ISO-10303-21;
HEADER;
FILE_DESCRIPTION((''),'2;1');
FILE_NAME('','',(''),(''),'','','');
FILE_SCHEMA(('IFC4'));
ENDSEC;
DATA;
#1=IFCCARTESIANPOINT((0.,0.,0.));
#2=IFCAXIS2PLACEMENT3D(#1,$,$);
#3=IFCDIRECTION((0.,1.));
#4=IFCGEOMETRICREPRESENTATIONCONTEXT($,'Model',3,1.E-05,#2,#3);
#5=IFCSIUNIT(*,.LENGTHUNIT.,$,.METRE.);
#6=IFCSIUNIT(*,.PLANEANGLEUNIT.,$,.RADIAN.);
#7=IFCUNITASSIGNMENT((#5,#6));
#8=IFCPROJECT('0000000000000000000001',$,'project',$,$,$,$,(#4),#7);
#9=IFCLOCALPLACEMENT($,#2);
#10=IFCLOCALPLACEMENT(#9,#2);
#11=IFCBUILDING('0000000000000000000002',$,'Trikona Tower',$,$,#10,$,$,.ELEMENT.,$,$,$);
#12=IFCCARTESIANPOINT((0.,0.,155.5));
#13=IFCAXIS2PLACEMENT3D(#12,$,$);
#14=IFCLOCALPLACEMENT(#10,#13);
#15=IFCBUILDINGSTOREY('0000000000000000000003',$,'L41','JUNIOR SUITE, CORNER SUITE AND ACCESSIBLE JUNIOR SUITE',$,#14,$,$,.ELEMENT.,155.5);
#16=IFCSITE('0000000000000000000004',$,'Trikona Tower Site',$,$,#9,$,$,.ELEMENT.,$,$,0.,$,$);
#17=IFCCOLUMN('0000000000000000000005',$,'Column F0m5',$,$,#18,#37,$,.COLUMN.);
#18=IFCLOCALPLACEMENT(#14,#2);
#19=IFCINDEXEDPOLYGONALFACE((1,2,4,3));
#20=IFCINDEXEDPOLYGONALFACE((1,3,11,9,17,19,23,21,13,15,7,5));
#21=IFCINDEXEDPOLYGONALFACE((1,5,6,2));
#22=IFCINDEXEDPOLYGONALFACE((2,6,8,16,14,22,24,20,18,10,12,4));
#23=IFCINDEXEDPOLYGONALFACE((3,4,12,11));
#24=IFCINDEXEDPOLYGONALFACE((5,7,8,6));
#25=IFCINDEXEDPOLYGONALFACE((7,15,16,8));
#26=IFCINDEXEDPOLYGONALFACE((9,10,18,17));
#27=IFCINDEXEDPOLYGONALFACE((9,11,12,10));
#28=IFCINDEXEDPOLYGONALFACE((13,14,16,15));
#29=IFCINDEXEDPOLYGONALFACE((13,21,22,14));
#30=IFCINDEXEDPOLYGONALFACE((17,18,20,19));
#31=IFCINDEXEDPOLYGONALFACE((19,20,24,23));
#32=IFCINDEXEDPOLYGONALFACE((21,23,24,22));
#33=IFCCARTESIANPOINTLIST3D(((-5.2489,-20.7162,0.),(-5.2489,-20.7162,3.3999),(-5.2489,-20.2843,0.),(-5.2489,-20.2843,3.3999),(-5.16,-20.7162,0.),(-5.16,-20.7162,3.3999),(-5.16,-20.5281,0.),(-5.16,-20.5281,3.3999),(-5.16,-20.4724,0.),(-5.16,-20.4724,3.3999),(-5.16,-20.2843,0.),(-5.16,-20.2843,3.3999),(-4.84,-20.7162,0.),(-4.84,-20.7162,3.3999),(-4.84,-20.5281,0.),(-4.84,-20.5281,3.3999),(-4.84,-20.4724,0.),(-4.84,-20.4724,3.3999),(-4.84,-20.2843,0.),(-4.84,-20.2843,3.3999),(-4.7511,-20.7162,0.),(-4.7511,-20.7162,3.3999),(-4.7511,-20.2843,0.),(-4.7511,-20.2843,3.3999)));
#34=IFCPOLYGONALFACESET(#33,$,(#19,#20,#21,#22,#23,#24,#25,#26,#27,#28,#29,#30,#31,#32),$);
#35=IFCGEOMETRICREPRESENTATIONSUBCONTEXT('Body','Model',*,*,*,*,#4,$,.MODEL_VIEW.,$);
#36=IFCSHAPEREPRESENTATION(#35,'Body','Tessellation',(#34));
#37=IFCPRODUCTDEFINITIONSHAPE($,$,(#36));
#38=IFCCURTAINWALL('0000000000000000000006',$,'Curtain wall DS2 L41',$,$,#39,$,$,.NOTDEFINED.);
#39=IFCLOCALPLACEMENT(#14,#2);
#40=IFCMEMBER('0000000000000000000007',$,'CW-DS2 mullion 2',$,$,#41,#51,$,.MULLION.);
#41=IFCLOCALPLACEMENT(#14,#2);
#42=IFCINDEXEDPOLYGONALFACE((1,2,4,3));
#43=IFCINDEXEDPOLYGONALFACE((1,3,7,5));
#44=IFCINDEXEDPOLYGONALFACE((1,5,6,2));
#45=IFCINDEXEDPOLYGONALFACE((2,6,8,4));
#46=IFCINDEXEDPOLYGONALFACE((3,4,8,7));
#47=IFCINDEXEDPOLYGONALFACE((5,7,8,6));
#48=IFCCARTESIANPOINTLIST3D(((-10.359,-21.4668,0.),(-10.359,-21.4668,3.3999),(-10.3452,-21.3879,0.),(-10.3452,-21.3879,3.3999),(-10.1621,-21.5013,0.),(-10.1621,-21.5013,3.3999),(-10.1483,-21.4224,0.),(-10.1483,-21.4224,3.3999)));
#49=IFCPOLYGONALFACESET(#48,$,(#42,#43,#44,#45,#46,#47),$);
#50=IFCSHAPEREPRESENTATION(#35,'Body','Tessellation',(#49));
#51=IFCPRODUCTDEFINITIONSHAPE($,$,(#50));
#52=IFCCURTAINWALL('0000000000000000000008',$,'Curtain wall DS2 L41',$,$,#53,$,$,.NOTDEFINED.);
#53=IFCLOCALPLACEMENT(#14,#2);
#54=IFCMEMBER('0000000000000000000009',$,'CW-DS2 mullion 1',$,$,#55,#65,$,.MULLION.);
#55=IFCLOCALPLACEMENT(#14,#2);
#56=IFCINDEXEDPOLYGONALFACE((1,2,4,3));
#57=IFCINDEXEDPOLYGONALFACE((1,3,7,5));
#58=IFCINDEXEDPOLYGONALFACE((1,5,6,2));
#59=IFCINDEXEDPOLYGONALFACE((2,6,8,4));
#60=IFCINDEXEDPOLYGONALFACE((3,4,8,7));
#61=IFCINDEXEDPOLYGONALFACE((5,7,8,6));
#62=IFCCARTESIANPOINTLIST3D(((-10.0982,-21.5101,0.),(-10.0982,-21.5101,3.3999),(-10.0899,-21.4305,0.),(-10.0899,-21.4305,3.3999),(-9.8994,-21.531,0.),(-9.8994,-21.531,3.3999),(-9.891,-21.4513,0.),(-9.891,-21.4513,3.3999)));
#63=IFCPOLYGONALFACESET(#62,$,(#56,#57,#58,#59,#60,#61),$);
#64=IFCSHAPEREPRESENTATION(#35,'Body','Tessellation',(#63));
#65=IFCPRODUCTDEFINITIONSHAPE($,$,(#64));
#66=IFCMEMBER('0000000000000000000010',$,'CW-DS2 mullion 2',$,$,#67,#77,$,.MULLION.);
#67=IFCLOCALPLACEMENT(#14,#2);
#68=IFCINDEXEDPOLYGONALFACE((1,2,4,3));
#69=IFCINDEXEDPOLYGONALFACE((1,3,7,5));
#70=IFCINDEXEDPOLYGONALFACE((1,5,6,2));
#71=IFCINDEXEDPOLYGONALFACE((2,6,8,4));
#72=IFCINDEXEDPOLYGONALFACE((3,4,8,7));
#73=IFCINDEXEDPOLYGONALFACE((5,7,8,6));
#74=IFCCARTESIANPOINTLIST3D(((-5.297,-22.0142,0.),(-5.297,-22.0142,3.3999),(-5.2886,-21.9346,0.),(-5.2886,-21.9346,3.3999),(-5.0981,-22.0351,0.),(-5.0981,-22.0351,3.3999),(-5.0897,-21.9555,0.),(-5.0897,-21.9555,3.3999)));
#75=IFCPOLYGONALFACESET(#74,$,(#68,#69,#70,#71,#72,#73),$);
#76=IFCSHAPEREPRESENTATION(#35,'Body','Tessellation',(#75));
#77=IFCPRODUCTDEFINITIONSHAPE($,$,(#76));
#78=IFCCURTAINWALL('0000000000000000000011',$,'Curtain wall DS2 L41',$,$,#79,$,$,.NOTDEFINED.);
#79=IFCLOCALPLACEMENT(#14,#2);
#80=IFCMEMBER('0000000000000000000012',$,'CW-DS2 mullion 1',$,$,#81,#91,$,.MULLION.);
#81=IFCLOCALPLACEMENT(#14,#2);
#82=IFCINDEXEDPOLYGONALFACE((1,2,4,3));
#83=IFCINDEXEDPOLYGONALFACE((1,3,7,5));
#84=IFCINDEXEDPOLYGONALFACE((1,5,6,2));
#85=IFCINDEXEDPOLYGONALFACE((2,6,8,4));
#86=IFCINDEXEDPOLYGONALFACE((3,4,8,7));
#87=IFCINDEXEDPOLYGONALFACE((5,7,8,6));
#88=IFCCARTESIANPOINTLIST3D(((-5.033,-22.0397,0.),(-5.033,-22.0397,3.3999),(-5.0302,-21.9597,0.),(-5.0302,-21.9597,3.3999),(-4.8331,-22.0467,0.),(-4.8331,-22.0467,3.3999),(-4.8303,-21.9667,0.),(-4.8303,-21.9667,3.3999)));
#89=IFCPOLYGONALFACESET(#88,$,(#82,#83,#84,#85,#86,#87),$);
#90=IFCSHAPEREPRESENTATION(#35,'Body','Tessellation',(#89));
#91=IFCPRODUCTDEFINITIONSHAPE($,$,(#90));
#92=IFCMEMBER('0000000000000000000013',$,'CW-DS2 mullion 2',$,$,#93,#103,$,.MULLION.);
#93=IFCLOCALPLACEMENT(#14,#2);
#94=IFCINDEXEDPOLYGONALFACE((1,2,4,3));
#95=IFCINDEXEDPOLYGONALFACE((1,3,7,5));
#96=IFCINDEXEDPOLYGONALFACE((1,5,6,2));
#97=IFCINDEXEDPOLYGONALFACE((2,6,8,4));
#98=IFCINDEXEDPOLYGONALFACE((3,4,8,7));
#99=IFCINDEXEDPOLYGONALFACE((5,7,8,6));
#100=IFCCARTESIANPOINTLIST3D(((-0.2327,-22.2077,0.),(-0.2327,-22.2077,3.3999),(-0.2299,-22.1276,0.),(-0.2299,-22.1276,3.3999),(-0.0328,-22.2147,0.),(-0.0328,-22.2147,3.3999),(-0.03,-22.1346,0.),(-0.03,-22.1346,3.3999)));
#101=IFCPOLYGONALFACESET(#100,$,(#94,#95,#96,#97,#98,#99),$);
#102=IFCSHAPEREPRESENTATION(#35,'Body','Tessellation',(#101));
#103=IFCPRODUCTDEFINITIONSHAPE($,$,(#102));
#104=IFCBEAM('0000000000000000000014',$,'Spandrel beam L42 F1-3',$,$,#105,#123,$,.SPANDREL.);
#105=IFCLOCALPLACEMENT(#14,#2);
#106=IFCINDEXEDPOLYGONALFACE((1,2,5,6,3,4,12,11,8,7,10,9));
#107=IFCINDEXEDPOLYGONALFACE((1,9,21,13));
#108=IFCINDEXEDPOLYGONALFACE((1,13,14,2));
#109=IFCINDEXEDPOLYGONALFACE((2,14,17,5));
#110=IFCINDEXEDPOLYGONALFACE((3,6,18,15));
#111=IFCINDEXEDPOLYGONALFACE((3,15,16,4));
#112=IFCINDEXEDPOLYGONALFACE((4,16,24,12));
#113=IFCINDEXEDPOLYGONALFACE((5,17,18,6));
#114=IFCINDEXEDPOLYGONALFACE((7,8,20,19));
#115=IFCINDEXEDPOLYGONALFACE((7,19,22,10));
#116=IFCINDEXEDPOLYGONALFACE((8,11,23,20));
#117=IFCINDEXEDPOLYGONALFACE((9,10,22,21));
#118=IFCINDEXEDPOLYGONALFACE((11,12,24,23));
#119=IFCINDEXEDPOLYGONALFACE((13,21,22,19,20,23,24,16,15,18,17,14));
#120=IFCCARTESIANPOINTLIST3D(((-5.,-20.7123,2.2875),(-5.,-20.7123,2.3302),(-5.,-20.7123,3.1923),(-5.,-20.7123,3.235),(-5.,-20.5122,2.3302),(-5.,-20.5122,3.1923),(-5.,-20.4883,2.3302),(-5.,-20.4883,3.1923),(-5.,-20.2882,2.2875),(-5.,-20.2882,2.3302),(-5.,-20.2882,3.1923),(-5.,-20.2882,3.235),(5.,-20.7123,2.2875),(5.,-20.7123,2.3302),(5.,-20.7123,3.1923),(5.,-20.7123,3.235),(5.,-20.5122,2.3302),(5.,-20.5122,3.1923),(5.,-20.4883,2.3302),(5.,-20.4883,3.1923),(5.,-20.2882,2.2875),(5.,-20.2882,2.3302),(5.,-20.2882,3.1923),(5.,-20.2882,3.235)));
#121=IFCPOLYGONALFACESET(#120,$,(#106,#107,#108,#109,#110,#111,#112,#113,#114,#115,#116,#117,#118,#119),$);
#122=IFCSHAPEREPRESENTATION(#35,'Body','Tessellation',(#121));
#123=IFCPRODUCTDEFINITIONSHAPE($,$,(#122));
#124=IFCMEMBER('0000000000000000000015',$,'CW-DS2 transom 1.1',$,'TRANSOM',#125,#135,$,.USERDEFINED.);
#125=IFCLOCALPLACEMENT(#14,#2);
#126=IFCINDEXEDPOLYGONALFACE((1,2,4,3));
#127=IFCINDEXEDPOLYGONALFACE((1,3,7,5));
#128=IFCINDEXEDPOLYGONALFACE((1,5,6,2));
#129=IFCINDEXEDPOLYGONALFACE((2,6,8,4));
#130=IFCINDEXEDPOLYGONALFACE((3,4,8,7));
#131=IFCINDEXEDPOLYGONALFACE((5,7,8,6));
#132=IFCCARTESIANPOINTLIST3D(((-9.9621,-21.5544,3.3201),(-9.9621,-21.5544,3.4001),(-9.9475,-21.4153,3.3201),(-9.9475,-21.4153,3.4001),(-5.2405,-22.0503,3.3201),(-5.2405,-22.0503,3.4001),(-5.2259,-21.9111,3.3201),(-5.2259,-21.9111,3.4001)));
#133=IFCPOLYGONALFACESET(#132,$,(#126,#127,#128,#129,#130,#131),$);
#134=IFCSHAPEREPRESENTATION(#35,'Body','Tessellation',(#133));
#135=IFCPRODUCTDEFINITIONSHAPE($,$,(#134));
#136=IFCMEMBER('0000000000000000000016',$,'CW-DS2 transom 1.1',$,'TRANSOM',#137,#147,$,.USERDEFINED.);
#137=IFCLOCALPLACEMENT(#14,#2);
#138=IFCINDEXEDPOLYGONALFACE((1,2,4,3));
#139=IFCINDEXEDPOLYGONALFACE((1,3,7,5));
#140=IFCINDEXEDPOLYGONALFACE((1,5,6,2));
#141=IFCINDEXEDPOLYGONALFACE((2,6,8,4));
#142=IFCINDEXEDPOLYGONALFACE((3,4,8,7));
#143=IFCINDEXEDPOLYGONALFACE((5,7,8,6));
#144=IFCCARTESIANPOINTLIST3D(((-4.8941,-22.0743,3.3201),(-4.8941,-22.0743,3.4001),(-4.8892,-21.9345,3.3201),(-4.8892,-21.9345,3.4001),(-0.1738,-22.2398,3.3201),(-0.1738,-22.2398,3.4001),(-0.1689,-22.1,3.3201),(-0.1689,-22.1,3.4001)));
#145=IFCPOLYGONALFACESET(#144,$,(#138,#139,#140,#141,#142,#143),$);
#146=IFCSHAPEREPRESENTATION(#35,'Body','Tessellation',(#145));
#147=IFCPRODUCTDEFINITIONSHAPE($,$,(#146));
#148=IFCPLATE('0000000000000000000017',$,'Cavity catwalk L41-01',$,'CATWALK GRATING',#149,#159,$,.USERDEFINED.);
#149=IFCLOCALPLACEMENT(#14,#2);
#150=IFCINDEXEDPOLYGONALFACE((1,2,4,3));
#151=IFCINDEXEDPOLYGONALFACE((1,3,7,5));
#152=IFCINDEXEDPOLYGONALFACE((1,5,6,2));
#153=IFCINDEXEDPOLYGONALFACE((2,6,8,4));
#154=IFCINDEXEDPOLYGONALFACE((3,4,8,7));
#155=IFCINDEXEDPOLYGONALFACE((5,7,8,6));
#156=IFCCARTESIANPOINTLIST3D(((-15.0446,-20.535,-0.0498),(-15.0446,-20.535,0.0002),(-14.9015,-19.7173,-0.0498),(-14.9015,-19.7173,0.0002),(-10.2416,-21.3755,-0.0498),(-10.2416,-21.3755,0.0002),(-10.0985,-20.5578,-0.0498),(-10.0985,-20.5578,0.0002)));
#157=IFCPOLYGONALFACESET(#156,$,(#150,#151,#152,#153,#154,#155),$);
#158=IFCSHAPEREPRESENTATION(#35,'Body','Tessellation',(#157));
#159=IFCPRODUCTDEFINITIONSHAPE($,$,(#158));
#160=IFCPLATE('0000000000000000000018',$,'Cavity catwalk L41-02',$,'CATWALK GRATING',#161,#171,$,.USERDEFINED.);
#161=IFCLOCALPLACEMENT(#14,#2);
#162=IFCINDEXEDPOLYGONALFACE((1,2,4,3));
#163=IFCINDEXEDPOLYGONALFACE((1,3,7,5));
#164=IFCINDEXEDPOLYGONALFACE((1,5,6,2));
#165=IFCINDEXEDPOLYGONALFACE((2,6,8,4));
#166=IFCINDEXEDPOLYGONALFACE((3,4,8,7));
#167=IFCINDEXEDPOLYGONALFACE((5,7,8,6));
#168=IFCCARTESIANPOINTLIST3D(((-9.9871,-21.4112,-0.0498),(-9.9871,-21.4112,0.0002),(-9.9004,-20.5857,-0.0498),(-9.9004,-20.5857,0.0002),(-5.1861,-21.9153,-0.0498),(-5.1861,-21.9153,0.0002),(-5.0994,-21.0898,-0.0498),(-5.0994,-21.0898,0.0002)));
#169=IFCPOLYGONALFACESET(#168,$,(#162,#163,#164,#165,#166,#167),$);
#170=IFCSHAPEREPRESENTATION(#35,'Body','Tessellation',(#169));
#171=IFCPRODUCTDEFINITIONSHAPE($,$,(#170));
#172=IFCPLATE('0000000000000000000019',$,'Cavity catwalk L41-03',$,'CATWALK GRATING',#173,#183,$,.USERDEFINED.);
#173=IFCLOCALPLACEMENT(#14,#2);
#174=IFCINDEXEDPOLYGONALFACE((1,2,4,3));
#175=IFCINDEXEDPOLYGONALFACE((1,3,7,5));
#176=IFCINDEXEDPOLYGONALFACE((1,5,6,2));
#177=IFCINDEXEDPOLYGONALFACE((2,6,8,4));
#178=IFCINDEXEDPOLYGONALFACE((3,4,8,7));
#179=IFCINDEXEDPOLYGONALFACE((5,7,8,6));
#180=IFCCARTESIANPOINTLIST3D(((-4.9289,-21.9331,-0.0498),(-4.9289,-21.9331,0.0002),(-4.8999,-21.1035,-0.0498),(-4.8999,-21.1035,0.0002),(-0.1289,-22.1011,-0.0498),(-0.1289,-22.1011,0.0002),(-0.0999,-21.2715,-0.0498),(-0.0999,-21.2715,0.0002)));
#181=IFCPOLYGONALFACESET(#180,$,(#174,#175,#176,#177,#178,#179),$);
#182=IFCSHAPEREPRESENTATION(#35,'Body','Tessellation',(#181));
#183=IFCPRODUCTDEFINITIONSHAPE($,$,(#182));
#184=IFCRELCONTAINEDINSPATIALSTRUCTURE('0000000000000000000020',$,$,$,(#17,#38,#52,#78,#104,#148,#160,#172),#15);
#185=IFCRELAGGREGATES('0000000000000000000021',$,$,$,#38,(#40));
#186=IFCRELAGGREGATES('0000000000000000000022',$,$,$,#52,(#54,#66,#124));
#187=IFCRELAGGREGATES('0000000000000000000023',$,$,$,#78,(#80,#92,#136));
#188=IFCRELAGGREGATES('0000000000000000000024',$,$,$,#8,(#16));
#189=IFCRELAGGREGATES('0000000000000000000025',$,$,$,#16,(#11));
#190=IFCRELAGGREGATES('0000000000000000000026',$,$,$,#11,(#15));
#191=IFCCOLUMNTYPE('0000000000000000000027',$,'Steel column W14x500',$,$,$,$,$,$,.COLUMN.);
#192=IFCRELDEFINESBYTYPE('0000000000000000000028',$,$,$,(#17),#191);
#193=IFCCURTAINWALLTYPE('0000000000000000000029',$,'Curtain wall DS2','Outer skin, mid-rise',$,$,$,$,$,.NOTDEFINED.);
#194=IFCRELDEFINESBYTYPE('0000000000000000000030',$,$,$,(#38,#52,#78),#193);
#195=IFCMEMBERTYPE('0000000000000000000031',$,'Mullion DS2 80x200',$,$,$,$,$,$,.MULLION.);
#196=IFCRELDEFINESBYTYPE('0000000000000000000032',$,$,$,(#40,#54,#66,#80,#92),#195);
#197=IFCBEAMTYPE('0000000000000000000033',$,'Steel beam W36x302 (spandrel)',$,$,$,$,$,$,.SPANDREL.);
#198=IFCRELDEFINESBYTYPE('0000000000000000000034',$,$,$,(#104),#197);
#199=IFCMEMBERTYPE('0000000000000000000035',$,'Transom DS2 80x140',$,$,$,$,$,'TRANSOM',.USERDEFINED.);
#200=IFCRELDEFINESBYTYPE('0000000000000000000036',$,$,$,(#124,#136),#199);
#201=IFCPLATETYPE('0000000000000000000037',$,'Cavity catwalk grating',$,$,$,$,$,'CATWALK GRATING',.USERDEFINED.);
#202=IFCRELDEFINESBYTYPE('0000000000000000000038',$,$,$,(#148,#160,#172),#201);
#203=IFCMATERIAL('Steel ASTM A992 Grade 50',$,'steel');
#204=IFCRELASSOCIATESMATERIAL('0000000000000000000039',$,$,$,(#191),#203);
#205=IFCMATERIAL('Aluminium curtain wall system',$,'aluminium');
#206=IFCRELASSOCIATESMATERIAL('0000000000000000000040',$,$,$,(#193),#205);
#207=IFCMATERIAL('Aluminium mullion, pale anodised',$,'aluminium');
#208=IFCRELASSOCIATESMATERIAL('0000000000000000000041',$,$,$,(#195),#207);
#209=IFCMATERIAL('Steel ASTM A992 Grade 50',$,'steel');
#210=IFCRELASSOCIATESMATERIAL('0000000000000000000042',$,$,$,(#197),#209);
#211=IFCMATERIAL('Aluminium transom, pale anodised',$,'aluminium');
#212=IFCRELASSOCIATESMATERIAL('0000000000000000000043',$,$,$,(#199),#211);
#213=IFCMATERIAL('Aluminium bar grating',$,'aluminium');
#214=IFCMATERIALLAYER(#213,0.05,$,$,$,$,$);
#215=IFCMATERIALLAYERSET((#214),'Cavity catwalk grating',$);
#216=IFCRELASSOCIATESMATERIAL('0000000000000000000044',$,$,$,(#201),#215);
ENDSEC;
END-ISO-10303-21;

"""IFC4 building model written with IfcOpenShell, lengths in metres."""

from ifc_helpers import new_model, si_unit, direction, frame, origin, origin_2d, place, context, subcontext, project, spatial, rectangle, i_section, extrude, material, layer, layer_set, material_profile, profile_set, type_object, element, aggregate, save


model = new_model("IFC4")

# Units and contexts
model_context = context("Model", 3, precision=1e-05, world=origin(), true_north=direction((0.0, 1.0)))
body_context = subcontext(model_context, "Body", "Model", "MODEL_VIEW")
ifc_project = project(units=[si_unit("LENGTHUNIT", "METRE"), si_unit("PLANEANGLEUNIT", "RADIAN")], contexts=[model_context])

# Site, building, storey
site_placement = place(None, origin())
site = spatial("IfcSite", under=ifc_project, at=site_placement, Name="Trikona Tower Site", CompositionType="ELEMENT", RefElevation=0.0)
building_placement = place(site_placement, origin())
building = spatial("IfcBuilding", under=site, at=building_placement, Name="Trikona Tower", CompositionType="ELEMENT")
storey_placement = place(building_placement, frame((0.0, 0.0, 155.5)))
storey = spatial("IfcBuildingStorey", under=building, at=storey_placement, Name="L41", Description="JUNIOR SUITE, CORNER SUITE AND ACCESSIBLE JUNIOR SUITE", CompositionType="ELEMENT", Elevation=155.5)

# Column
ifc_material_1 = material(Name="Steel ASTM A992 Grade 50", Category="steel")
ifc_material_profile_1 = material_profile(ifc_material_1, i_section(OverallWidth=0.4319, OverallDepth=0.4978, WebThickness=0.0557, FlangeThickness=0.0889, at=origin_2d()), Name="W14X500")
ifc_profile_set_1 = profile_set([ifc_material_profile_1], Name="Steel ASTM A992 Grade 50")
column_type = type_object("IfcColumnType", Name="Steel column W14x500", PredefinedType="COLUMN", material=ifc_profile_set_1)
column_placement = place(storey_placement, frame((-5.0, -20.5002, 0.0), z_axis=(0.0, 0.0, 1.0), x_axis=(0.0, -1.0, 0.0)))
element("IfcColumn", 1, at=column_placement, inside=storey, type_object=column_type, Name="Column F0m5", PredefinedType="COLUMN", context=body_context, shape_type="SweptSolid", body=[
    extrude(i_section(OverallWidth=0.4319, OverallDepth=0.4978, WebThickness=0.0557, FlangeThickness=0.0889, at=origin_2d()), origin(), (0.0, 0.0, 1.0), 3.3999),
])

# Curtain wall, member
ifc_material_2 = material(Name="Aluminium curtain wall system", Category="aluminium")
curtain_wall_type = type_object("IfcCurtainWallType", Name="Curtain wall DS2", Description="Outer skin, mid-rise", PredefinedType="NOTDEFINED", material=ifc_material_2)
curtain_wall_1_placement = place(storey_placement, origin())
curtain_wall_1 = element("IfcCurtainWall", 2, at=curtain_wall_1_placement, inside=storey, type_object=curtain_wall_type, Name="Curtain wall DS2 L41", PredefinedType="NOTDEFINED")
ifc_material_3 = material(Name="Aluminium mullion, pale anodised", Category="aluminium")
ifc_material_profile_2 = material_profile(ifc_material_3, rectangle(XDim=0.0801, YDim=0.2, at=origin_2d()), Name="MUL-DS2")
ifc_profile_set_2 = profile_set([ifc_material_profile_2], Name="Aluminium mullion, pale anodised")
member_type_1 = type_object("IfcMemberType", Name="Mullion DS2 80x200", PredefinedType="MULLION", material=ifc_profile_set_2)
member_1_placement = place(storey_placement, frame((-10.2537, -21.4446, 0.0), z_axis=(0.0, 0.0, 1.0), x_axis=(0.172377, 0.985031, 0.0)))
member_1 = element("IfcMember", 3, at=member_1_placement, type_object=member_type_1, Name="CW-DS2 mullion 2", PredefinedType="MULLION", context=body_context, shape_type="SweptSolid", body=[
    extrude(rectangle(XDim=0.0801, YDim=0.2, at=origin_2d()), origin(), (0.0, 0.0, 1.0), 3.3999),
])

# Curtain walls, members
curtain_wall_2_placement = place(storey_placement, origin())
curtain_wall_2 = element("IfcCurtainWall", 4, at=curtain_wall_2_placement, inside=storey, type_object=curtain_wall_type, Name="Curtain wall DS2 L41", PredefinedType="NOTDEFINED")
member_2_placement = place(storey_placement, frame((-9.9946, -21.4807, 0.0), z_axis=(0.0, 0.0, 1.0), x_axis=(0.104433, 0.994532, 0.0)))
member_2 = element("IfcMember", 5, at=member_2_placement, type_object=member_type_1, Name="CW-DS2 mullion 1", PredefinedType="MULLION", context=body_context, shape_type="SweptSolid", body=[
    extrude(rectangle(XDim=0.0801, YDim=0.2, at=origin_2d()), origin(), (0.0, 0.0, 1.0), 3.3999),
])
member_3_placement = place(storey_placement, frame((-5.1934, -21.9849, 0.0), z_axis=(0.0, 0.0, 1.0), x_axis=(0.104433, 0.994532, 0.0)))
member_3 = element("IfcMember", 6, at=member_3_placement, type_object=member_type_1, Name="CW-DS2 mullion 2", PredefinedType="MULLION", context=body_context, shape_type="SweptSolid", body=[
    extrude(rectangle(XDim=0.0801, YDim=0.2, at=origin_2d()), origin(), (0.0, 0.0, 1.0), 3.3999),
])
curtain_wall_3_placement = place(storey_placement, origin())
curtain_wall_3 = element("IfcCurtainWall", 7, at=curtain_wall_3_placement, inside=storey, type_object=curtain_wall_type, Name="Curtain wall DS2 L41", PredefinedType="NOTDEFINED")
member_4_placement = place(storey_placement, frame((-4.9316, -22.0032, 0.0), z_axis=(0.0, 0.0, 1.0), x_axis=(0.034998, 0.999387, 0.0)))
member_4 = element("IfcMember", 8, at=member_4_placement, type_object=member_type_1, Name="CW-DS2 mullion 1", PredefinedType="MULLION", context=body_context, shape_type="SweptSolid", body=[
    extrude(rectangle(XDim=0.0801, YDim=0.2, at=origin_2d()), origin(), (0.0, 0.0, 1.0), 3.3999),
])
member_5_placement = place(storey_placement, frame((-0.1313, -22.1711, 0.0), z_axis=(0.0, 0.0, 1.0), x_axis=(0.034998, 0.999387, 0.0)))
member_5 = element("IfcMember", 9, at=member_5_placement, type_object=member_type_1, Name="CW-DS2 mullion 2", PredefinedType="MULLION", context=body_context, shape_type="SweptSolid", body=[
    extrude(rectangle(XDim=0.0801, YDim=0.2, at=origin_2d()), origin(), (0.0, 0.0, 1.0), 3.3999),
])

# Beam
ifc_material_4 = material(Name="Steel ASTM A992 Grade 50", Category="steel")
ifc_material_profile_3 = material_profile(ifc_material_4, i_section(OverallWidth=0.4241, OverallDepth=0.9475, WebThickness=0.0239, FlangeThickness=0.0427, at=origin_2d()), Name="W36X302")
ifc_profile_set_3 = profile_set([ifc_material_profile_3], Name="Steel ASTM A992 Grade 50")
beam_type = type_object("IfcBeamType", Name="Steel beam W36x302 (spandrel)", PredefinedType="SPANDREL", material=ifc_profile_set_3)
beam_placement = place(storey_placement, frame((-5.0, -20.5002, 2.7612), z_axis=(1.0, 0.0, 0.0), x_axis=(0.0, 1.0, 0.0)))
element("IfcBeam", 10, at=beam_placement, inside=storey, type_object=beam_type, Name="Spandrel beam L42 F1-3", PredefinedType="SPANDREL", context=body_context, shape_type="SweptSolid", body=[
    extrude(i_section(OverallWidth=0.4241, OverallDepth=0.9475, WebThickness=0.0239, FlangeThickness=0.0427, at=origin_2d()), origin(), (0.0, 0.0, 1.0), 10.0),
])

# Members
ifc_material_5 = material(Name="Aluminium transom, pale anodised", Category="aluminium")
ifc_material_profile_4 = material_profile(ifc_material_5, rectangle(XDim=0.1399, YDim=0.0801, at=origin_2d()), Name="TRN-DS2")
ifc_profile_set_4 = profile_set([ifc_material_profile_4], Name="Aluminium transom, pale anodised")
member_type_2 = type_object("IfcMemberType", Name="Transom DS2 80x140", ElementType="TRANSOM", PredefinedType="USERDEFINED", material=ifc_profile_set_4)
member_6_placement = place(storey_placement, frame((-9.9548, -21.4849, 3.3601), z_axis=(0.994531, -0.104441, 0.0), x_axis=(0.104441, 0.994531, 0.0)))
member_6 = element("IfcMember", 11, at=member_6_placement, type_object=member_type_2, Name="CW-DS2 transom 1.1", ObjectType="TRANSOM", PredefinedType="USERDEFINED", context=body_context, shape_type="SweptSolid", body=[
    extrude(rectangle(XDim=0.1399, YDim=0.0801, at=origin_2d()), origin(), (0.0, 0.0, 1.0), 4.7476),
])
member_7_placement = place(storey_placement, frame((-4.8916, -22.0044, 3.3601), z_axis=(0.999386, -0.035046, 0.0), x_axis=(0.035046, 0.999386, 0.0)))
member_7 = element("IfcMember", 12, at=member_7_placement, type_object=member_type_2, Name="CW-DS2 transom 1.1", ObjectType="TRANSOM", PredefinedType="USERDEFINED", context=body_context, shape_type="SweptSolid", body=[
    extrude(rectangle(XDim=0.1399, YDim=0.0801, at=origin_2d()), origin(), (0.0, 0.0, 1.0), 4.7231),
])

# Plates
ifc_material_6 = material(Name="Aluminium bar grating", Category="aluminium")
ifc_layer_1 = layer(ifc_material_6, 0.05)
ifc_layer_set_1 = layer_set([ifc_layer_1], Name="Cavity catwalk grating")
plate_type_1 = type_object("IfcPlateType", Name="Cavity catwalk grating", ElementType="CATWALK GRATING", PredefinedType="USERDEFINED", material=ifc_layer_set_1)
plate_1_placement = place(storey_placement, frame((-12.5715, -20.5464, -0.0498), z_axis=(0.0, 0.0, 1.0), x_axis=(0.985031, -0.17238, 0.0)))
element("IfcPlate", 13, at=plate_1_placement, inside=storey, type_object=plate_type_1, Name="Cavity catwalk L41-01", ObjectType="CATWALK GRATING", PredefinedType="USERDEFINED", context=body_context, shape_type="SweptSolid", body=[
    extrude(rectangle(XDim=4.876, YDim=0.8301, at=origin_2d()), origin(), (0.0, 0.0, 1.0), 0.05),
])
plate_2_placement = place(storey_placement, frame((-7.5432, -21.2505, -0.0498), z_axis=(0.0, 0.0, 1.0), x_axis=(0.994533, -0.104426, 0.0)))
element("IfcPlate", 14, at=plate_2_placement, inside=storey, type_object=plate_type_1, Name="Cavity catwalk L41-02", ObjectType="CATWALK GRATING", PredefinedType="USERDEFINED", context=body_context, shape_type="SweptSolid", body=[
    extrude(rectangle(XDim=4.8274, YDim=0.8301, at=origin_2d()), origin(), (0.0, 0.0, 1.0), 0.05),
])
plate_3_placement = place(storey_placement, frame((-2.5144, -21.6023, -0.0498), z_axis=(0.0, 0.0, 1.0), x_axis=(0.999388, -0.034978, 0.0)))
element("IfcPlate", 15, at=plate_3_placement, inside=storey, type_object=plate_type_1, Name="Cavity catwalk L41-03", ObjectType="CATWALK GRATING", PredefinedType="USERDEFINED", context=body_context, shape_type="SweptSolid", body=[
    extrude(rectangle(XDim=4.803, YDim=0.8301, at=origin_2d()), origin(), (0.0, 0.0, 1.0), 0.05),
])

aggregate(curtain_wall_1, [member_1])
aggregate(curtain_wall_2, [member_2, member_3, member_6])
aggregate(curtain_wall_3, [member_4, member_5, member_7])

save(model, "model.ifc")
